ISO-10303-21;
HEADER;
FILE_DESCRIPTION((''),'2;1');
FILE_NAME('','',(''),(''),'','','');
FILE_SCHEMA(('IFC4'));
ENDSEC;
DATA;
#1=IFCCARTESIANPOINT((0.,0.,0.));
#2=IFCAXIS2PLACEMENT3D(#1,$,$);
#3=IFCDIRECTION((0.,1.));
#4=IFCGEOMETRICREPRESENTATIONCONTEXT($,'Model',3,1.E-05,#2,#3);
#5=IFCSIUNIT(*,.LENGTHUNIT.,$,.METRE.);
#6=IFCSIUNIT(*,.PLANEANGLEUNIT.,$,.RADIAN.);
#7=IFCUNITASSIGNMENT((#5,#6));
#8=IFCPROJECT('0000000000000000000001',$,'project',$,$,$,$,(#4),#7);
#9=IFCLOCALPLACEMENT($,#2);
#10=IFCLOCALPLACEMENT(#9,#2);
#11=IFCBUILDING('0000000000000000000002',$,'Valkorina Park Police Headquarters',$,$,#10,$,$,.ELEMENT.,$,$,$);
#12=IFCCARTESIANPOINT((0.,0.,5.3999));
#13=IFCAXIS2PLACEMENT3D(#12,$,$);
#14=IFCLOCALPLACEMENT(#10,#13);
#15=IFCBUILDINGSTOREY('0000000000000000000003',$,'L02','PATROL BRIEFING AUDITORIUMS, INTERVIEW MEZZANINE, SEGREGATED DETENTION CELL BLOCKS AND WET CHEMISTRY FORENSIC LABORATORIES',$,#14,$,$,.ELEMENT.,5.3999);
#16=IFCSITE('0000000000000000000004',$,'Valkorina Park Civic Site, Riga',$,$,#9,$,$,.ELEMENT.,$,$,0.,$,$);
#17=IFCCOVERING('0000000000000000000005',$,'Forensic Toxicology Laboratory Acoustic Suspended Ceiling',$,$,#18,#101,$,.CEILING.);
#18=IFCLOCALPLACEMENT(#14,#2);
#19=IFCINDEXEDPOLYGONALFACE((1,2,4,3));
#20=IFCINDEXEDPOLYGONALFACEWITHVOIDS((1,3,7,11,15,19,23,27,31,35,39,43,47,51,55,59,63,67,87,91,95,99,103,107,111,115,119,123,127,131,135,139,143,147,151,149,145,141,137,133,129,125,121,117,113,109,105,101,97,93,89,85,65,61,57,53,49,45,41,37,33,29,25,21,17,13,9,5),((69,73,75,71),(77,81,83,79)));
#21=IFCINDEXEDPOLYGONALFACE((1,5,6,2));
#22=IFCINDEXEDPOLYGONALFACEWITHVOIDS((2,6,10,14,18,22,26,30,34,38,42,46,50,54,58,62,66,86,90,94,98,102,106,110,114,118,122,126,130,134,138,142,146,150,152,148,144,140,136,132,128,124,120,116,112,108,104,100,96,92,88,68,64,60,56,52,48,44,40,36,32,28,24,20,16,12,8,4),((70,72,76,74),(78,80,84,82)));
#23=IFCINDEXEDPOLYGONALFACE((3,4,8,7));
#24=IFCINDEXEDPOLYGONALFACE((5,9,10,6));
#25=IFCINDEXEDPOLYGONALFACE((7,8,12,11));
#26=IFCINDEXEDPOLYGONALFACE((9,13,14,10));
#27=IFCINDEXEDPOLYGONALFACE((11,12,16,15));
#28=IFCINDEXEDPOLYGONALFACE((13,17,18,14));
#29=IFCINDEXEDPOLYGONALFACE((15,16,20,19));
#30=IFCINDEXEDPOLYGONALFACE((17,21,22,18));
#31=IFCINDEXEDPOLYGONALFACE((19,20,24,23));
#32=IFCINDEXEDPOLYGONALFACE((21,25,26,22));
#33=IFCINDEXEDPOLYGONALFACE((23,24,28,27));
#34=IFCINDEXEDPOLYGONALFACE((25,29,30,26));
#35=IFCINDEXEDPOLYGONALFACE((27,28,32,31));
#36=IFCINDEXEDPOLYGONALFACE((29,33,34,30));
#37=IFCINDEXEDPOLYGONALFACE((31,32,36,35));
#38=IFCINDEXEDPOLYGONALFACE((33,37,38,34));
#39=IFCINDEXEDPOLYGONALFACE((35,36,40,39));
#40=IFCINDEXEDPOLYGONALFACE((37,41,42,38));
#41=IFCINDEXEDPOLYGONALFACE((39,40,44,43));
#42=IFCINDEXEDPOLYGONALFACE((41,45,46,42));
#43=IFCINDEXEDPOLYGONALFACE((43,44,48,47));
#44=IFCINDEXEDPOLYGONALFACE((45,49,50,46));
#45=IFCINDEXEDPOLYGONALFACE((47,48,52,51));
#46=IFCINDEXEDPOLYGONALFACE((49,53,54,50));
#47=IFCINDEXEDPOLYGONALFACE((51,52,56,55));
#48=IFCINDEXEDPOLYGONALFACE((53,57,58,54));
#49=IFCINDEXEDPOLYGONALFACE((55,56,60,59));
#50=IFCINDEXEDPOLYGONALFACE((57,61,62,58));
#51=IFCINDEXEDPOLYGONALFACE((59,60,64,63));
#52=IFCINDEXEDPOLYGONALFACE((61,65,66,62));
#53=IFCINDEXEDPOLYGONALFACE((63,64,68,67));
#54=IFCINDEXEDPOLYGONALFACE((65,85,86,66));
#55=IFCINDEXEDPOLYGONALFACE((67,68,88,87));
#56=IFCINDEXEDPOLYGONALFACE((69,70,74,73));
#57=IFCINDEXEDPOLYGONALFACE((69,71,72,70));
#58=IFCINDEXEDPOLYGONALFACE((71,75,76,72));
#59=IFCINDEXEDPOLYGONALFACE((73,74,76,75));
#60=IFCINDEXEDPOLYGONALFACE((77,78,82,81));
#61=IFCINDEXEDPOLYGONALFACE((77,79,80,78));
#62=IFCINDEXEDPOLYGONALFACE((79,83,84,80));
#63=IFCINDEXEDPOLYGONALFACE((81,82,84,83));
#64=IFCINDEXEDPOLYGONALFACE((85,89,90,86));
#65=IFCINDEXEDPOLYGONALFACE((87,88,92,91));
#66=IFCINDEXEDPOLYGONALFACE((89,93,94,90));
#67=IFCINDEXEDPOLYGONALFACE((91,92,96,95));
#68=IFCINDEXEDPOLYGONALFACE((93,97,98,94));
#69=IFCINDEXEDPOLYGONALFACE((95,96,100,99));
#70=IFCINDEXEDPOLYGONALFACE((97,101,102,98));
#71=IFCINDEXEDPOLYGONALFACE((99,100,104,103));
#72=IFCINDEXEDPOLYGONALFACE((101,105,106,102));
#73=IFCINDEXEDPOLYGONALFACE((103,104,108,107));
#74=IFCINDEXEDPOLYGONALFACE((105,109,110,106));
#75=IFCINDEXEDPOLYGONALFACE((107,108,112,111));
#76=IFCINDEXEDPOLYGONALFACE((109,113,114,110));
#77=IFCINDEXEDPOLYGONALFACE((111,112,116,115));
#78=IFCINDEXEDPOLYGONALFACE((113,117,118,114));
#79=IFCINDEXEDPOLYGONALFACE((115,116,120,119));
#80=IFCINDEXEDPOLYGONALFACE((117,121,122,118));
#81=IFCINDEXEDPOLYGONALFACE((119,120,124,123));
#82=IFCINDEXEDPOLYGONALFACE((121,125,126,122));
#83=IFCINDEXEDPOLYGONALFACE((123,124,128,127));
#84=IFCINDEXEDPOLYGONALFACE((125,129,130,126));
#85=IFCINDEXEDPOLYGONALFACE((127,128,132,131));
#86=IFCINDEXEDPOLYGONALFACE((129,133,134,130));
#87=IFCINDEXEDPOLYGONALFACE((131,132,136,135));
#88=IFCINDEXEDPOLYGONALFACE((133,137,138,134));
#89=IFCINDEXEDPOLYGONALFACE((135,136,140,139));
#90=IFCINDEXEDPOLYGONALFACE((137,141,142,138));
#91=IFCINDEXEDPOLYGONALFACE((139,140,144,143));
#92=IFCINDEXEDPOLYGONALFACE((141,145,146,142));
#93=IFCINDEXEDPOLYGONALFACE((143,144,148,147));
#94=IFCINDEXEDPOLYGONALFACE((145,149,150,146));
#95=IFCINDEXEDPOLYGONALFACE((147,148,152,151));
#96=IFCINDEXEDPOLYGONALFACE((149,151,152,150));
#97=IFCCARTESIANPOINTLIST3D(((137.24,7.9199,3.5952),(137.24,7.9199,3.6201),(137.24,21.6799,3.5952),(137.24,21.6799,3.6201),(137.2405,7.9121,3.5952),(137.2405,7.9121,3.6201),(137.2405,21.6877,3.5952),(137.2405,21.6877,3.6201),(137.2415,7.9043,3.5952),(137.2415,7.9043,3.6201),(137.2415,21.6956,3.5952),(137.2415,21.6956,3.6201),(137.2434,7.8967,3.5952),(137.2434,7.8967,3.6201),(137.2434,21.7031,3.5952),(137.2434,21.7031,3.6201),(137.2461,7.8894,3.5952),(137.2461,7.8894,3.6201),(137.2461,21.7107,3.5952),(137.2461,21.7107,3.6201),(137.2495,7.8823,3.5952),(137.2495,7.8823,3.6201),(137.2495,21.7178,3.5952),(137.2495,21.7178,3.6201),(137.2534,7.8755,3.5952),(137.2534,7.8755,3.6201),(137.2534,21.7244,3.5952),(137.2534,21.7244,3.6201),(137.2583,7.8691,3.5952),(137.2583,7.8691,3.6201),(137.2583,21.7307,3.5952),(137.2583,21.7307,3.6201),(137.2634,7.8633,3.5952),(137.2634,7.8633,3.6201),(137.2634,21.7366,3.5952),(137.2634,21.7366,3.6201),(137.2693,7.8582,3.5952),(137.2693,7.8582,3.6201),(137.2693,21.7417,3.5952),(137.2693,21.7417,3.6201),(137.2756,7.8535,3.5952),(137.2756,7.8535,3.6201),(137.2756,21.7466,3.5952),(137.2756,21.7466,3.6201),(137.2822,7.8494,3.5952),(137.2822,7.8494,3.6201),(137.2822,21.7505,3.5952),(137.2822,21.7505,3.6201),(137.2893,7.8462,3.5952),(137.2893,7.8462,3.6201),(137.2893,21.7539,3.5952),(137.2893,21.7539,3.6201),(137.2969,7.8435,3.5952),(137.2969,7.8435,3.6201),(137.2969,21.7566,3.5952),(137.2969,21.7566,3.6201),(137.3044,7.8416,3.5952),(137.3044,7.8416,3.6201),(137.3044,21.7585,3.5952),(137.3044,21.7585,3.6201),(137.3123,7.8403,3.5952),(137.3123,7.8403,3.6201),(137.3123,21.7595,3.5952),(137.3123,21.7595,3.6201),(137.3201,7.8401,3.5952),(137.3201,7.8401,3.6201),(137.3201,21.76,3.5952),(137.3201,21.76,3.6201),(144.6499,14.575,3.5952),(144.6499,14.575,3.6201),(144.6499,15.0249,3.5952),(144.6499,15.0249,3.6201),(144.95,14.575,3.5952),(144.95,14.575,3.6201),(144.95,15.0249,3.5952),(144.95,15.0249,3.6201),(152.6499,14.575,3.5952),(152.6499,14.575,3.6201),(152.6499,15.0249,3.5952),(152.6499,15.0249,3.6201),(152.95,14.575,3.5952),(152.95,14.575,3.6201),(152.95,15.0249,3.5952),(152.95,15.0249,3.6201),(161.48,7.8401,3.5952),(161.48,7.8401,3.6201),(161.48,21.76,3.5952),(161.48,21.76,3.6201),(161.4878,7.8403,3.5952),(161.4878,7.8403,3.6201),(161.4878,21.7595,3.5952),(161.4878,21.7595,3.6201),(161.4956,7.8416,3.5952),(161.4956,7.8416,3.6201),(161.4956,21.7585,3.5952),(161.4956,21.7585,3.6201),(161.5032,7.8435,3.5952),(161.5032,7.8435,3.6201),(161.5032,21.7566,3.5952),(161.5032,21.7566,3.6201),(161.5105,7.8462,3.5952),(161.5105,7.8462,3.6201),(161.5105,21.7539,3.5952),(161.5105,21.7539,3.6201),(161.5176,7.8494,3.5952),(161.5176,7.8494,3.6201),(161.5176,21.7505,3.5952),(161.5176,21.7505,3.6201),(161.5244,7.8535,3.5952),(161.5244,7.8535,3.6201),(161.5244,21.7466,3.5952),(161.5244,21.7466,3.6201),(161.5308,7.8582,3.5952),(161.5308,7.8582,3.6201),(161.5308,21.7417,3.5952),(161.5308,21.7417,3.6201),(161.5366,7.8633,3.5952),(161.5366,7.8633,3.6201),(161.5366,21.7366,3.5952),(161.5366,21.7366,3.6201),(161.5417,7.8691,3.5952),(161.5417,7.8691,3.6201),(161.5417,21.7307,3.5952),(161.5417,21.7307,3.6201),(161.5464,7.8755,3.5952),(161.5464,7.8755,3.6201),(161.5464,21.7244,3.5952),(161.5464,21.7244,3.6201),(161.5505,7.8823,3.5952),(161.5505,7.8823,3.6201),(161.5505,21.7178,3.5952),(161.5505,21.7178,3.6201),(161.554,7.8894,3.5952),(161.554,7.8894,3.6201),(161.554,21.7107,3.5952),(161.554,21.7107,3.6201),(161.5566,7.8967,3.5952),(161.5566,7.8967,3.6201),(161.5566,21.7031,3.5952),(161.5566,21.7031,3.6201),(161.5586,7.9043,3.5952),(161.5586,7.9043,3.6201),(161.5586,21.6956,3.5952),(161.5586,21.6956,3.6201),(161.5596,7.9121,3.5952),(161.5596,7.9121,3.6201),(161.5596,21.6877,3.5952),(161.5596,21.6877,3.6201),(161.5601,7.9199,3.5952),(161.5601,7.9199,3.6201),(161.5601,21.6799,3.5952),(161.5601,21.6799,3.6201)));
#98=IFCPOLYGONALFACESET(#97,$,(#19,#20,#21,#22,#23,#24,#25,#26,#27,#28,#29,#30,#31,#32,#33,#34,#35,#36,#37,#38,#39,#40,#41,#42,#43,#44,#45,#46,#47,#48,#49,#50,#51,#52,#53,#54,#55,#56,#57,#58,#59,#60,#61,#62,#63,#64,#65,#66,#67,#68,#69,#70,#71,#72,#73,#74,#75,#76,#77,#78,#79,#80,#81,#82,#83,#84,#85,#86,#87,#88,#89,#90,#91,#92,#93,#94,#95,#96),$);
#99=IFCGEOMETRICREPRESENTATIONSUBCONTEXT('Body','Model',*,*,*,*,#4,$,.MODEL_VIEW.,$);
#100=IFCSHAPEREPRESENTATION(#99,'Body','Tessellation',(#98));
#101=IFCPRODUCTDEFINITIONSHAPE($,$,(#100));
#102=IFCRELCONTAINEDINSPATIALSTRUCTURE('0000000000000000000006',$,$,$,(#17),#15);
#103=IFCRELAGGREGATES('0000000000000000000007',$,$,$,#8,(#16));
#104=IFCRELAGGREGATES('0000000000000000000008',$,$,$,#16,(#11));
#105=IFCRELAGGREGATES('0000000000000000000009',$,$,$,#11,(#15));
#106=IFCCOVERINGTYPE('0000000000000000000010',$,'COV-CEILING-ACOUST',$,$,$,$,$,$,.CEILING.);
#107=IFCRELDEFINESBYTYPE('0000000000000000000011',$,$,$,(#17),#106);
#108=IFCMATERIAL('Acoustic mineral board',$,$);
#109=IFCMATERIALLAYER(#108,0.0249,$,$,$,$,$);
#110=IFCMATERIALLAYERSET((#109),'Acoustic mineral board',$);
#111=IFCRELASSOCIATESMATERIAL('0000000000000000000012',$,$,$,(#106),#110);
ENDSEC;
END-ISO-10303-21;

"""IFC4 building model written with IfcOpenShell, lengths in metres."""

from ifc_helpers import new_model, si_unit, direction, frame, origin, place, context, subcontext, project, spatial, polyline, outline, extrude, material, layer, layer_set, type_object, element, save


model = new_model("IFC4")

# Units and contexts
model_context = context("Model", 3, precision=1e-05, world=origin(), true_north=direction((0.0, 1.0)))
body_context = subcontext(model_context, "Body", "Model", "MODEL_VIEW")
ifc_project = project(units=[si_unit("LENGTHUNIT", "METRE"), si_unit("PLANEANGLEUNIT", "RADIAN")], contexts=[model_context])

# Site, building, storey
site_placement = place(None, origin())
site = spatial("IfcSite", under=ifc_project, at=site_placement, Name="Valkorina Park Civic Site, Riga", CompositionType="ELEMENT", RefElevation=0.0)
building_placement = place(site_placement, origin())
building = spatial("IfcBuilding", under=site, at=building_placement, Name="Valkorina Park Police Headquarters", CompositionType="ELEMENT")
storey_placement = place(building_placement, frame((0.0, 0.0, 5.3999)))
storey = spatial("IfcBuildingStorey", under=building, at=storey_placement, Name="L02", Description="PATROL BRIEFING AUDITORIUMS, INTERVIEW MEZZANINE, SEGREGATED DETENTION CELL BLOCKS AND WET CHEMISTRY FORENSIC LABORATORIES", CompositionType="ELEMENT", Elevation=5.3999)

# Covering
ifc_material_1 = material(Name="Acoustic mineral board")
ifc_layer_1 = layer(ifc_material_1, 0.0249)
ifc_layer_set_1 = layer_set([ifc_layer_1], Name="Acoustic mineral board")
covering_type_1 = type_object("IfcCoveringType", Name="COV-CEILING-ACOUST", PredefinedType="CEILING", material=ifc_layer_set_1)
covering_1_placement = place(storey_placement, frame((0.0, 0.0, 3.5952)))
element("IfcCovering", 1, at=covering_1_placement, inside=storey, type_object=covering_type_1, Name="Forensic Toxicology Laboratory Acoustic Suspended Ceiling", PredefinedType="CEILING", context=body_context, shape_type="SweptSolid", body=[
    extrude(outline(polyline([(161.5586, 7.9043), (161.5596, 7.9121), (161.5601, 7.9199), (161.5601, 21.6799), (161.5596, 21.6877), (161.5586, 21.6956), (161.5566, 21.7031), (161.554, 21.7107), (161.5505, 21.7178), (161.5464, 21.7244), (161.5417, 21.7307), (161.5366, 21.7366), (161.5308, 21.7417), (161.5244, 21.7466), (161.5176, 21.7505), (161.5105, 21.7539), (161.5032, 21.7566), (161.4956, 21.7585), (161.4878, 21.7595), (161.48, 21.76), (137.3201, 21.76), (137.3123, 21.7595), (137.3044, 21.7585), (137.2969, 21.7566), (137.2893, 21.7539), (137.2822, 21.7505), (137.2756, 21.7466), (137.2693, 21.7417), (137.2634, 21.7366), (137.2583, 21.7307), (137.2534, 21.7244), (137.2495, 21.7178), (137.2461, 21.7107), (137.2434, 21.7031), (137.2415, 21.6956), (137.2405, 21.6877), (137.24, 21.6799), (137.24, 7.9199), (137.2405, 7.9121), (137.2415, 7.9043), (137.2434, 7.8967), (137.2461, 7.8894), (137.2495, 7.8823), (137.2534, 7.8755), (137.2583, 7.8691), (137.2634, 7.8633), (137.2693, 7.8582), (137.2756, 7.8535), (137.2822, 7.8494), (137.2893, 7.8462), (137.2969, 7.8435), (137.3044, 7.8416), (137.3123, 7.8403), (137.3201, 7.8401), (161.48, 7.8401), (161.4878, 7.8403), (161.4956, 7.8416), (161.5032, 7.8435), (161.5105, 7.8462), (161.5176, 7.8494), (161.5244, 7.8535), (161.5308, 7.8582), (161.5366, 7.8633), (161.5417, 7.8691), (161.5464, 7.8755), (161.5505, 7.8823), (161.554, 7.8894), (161.5566, 7.8967), (161.5586, 7.9043)]), holes=[polyline([(152.95, 14.575), (152.6499, 14.575), (152.6499, 15.0249), (152.95, 15.0249), (152.95, 14.575)]), polyline([(144.95, 14.575), (144.6499, 14.575), (144.6499, 15.0249), (144.95, 15.0249), (144.95, 14.575)])]), origin(), (0.0, 0.0, 1.0), 0.0249),
])

save(model, "model.ifc")
